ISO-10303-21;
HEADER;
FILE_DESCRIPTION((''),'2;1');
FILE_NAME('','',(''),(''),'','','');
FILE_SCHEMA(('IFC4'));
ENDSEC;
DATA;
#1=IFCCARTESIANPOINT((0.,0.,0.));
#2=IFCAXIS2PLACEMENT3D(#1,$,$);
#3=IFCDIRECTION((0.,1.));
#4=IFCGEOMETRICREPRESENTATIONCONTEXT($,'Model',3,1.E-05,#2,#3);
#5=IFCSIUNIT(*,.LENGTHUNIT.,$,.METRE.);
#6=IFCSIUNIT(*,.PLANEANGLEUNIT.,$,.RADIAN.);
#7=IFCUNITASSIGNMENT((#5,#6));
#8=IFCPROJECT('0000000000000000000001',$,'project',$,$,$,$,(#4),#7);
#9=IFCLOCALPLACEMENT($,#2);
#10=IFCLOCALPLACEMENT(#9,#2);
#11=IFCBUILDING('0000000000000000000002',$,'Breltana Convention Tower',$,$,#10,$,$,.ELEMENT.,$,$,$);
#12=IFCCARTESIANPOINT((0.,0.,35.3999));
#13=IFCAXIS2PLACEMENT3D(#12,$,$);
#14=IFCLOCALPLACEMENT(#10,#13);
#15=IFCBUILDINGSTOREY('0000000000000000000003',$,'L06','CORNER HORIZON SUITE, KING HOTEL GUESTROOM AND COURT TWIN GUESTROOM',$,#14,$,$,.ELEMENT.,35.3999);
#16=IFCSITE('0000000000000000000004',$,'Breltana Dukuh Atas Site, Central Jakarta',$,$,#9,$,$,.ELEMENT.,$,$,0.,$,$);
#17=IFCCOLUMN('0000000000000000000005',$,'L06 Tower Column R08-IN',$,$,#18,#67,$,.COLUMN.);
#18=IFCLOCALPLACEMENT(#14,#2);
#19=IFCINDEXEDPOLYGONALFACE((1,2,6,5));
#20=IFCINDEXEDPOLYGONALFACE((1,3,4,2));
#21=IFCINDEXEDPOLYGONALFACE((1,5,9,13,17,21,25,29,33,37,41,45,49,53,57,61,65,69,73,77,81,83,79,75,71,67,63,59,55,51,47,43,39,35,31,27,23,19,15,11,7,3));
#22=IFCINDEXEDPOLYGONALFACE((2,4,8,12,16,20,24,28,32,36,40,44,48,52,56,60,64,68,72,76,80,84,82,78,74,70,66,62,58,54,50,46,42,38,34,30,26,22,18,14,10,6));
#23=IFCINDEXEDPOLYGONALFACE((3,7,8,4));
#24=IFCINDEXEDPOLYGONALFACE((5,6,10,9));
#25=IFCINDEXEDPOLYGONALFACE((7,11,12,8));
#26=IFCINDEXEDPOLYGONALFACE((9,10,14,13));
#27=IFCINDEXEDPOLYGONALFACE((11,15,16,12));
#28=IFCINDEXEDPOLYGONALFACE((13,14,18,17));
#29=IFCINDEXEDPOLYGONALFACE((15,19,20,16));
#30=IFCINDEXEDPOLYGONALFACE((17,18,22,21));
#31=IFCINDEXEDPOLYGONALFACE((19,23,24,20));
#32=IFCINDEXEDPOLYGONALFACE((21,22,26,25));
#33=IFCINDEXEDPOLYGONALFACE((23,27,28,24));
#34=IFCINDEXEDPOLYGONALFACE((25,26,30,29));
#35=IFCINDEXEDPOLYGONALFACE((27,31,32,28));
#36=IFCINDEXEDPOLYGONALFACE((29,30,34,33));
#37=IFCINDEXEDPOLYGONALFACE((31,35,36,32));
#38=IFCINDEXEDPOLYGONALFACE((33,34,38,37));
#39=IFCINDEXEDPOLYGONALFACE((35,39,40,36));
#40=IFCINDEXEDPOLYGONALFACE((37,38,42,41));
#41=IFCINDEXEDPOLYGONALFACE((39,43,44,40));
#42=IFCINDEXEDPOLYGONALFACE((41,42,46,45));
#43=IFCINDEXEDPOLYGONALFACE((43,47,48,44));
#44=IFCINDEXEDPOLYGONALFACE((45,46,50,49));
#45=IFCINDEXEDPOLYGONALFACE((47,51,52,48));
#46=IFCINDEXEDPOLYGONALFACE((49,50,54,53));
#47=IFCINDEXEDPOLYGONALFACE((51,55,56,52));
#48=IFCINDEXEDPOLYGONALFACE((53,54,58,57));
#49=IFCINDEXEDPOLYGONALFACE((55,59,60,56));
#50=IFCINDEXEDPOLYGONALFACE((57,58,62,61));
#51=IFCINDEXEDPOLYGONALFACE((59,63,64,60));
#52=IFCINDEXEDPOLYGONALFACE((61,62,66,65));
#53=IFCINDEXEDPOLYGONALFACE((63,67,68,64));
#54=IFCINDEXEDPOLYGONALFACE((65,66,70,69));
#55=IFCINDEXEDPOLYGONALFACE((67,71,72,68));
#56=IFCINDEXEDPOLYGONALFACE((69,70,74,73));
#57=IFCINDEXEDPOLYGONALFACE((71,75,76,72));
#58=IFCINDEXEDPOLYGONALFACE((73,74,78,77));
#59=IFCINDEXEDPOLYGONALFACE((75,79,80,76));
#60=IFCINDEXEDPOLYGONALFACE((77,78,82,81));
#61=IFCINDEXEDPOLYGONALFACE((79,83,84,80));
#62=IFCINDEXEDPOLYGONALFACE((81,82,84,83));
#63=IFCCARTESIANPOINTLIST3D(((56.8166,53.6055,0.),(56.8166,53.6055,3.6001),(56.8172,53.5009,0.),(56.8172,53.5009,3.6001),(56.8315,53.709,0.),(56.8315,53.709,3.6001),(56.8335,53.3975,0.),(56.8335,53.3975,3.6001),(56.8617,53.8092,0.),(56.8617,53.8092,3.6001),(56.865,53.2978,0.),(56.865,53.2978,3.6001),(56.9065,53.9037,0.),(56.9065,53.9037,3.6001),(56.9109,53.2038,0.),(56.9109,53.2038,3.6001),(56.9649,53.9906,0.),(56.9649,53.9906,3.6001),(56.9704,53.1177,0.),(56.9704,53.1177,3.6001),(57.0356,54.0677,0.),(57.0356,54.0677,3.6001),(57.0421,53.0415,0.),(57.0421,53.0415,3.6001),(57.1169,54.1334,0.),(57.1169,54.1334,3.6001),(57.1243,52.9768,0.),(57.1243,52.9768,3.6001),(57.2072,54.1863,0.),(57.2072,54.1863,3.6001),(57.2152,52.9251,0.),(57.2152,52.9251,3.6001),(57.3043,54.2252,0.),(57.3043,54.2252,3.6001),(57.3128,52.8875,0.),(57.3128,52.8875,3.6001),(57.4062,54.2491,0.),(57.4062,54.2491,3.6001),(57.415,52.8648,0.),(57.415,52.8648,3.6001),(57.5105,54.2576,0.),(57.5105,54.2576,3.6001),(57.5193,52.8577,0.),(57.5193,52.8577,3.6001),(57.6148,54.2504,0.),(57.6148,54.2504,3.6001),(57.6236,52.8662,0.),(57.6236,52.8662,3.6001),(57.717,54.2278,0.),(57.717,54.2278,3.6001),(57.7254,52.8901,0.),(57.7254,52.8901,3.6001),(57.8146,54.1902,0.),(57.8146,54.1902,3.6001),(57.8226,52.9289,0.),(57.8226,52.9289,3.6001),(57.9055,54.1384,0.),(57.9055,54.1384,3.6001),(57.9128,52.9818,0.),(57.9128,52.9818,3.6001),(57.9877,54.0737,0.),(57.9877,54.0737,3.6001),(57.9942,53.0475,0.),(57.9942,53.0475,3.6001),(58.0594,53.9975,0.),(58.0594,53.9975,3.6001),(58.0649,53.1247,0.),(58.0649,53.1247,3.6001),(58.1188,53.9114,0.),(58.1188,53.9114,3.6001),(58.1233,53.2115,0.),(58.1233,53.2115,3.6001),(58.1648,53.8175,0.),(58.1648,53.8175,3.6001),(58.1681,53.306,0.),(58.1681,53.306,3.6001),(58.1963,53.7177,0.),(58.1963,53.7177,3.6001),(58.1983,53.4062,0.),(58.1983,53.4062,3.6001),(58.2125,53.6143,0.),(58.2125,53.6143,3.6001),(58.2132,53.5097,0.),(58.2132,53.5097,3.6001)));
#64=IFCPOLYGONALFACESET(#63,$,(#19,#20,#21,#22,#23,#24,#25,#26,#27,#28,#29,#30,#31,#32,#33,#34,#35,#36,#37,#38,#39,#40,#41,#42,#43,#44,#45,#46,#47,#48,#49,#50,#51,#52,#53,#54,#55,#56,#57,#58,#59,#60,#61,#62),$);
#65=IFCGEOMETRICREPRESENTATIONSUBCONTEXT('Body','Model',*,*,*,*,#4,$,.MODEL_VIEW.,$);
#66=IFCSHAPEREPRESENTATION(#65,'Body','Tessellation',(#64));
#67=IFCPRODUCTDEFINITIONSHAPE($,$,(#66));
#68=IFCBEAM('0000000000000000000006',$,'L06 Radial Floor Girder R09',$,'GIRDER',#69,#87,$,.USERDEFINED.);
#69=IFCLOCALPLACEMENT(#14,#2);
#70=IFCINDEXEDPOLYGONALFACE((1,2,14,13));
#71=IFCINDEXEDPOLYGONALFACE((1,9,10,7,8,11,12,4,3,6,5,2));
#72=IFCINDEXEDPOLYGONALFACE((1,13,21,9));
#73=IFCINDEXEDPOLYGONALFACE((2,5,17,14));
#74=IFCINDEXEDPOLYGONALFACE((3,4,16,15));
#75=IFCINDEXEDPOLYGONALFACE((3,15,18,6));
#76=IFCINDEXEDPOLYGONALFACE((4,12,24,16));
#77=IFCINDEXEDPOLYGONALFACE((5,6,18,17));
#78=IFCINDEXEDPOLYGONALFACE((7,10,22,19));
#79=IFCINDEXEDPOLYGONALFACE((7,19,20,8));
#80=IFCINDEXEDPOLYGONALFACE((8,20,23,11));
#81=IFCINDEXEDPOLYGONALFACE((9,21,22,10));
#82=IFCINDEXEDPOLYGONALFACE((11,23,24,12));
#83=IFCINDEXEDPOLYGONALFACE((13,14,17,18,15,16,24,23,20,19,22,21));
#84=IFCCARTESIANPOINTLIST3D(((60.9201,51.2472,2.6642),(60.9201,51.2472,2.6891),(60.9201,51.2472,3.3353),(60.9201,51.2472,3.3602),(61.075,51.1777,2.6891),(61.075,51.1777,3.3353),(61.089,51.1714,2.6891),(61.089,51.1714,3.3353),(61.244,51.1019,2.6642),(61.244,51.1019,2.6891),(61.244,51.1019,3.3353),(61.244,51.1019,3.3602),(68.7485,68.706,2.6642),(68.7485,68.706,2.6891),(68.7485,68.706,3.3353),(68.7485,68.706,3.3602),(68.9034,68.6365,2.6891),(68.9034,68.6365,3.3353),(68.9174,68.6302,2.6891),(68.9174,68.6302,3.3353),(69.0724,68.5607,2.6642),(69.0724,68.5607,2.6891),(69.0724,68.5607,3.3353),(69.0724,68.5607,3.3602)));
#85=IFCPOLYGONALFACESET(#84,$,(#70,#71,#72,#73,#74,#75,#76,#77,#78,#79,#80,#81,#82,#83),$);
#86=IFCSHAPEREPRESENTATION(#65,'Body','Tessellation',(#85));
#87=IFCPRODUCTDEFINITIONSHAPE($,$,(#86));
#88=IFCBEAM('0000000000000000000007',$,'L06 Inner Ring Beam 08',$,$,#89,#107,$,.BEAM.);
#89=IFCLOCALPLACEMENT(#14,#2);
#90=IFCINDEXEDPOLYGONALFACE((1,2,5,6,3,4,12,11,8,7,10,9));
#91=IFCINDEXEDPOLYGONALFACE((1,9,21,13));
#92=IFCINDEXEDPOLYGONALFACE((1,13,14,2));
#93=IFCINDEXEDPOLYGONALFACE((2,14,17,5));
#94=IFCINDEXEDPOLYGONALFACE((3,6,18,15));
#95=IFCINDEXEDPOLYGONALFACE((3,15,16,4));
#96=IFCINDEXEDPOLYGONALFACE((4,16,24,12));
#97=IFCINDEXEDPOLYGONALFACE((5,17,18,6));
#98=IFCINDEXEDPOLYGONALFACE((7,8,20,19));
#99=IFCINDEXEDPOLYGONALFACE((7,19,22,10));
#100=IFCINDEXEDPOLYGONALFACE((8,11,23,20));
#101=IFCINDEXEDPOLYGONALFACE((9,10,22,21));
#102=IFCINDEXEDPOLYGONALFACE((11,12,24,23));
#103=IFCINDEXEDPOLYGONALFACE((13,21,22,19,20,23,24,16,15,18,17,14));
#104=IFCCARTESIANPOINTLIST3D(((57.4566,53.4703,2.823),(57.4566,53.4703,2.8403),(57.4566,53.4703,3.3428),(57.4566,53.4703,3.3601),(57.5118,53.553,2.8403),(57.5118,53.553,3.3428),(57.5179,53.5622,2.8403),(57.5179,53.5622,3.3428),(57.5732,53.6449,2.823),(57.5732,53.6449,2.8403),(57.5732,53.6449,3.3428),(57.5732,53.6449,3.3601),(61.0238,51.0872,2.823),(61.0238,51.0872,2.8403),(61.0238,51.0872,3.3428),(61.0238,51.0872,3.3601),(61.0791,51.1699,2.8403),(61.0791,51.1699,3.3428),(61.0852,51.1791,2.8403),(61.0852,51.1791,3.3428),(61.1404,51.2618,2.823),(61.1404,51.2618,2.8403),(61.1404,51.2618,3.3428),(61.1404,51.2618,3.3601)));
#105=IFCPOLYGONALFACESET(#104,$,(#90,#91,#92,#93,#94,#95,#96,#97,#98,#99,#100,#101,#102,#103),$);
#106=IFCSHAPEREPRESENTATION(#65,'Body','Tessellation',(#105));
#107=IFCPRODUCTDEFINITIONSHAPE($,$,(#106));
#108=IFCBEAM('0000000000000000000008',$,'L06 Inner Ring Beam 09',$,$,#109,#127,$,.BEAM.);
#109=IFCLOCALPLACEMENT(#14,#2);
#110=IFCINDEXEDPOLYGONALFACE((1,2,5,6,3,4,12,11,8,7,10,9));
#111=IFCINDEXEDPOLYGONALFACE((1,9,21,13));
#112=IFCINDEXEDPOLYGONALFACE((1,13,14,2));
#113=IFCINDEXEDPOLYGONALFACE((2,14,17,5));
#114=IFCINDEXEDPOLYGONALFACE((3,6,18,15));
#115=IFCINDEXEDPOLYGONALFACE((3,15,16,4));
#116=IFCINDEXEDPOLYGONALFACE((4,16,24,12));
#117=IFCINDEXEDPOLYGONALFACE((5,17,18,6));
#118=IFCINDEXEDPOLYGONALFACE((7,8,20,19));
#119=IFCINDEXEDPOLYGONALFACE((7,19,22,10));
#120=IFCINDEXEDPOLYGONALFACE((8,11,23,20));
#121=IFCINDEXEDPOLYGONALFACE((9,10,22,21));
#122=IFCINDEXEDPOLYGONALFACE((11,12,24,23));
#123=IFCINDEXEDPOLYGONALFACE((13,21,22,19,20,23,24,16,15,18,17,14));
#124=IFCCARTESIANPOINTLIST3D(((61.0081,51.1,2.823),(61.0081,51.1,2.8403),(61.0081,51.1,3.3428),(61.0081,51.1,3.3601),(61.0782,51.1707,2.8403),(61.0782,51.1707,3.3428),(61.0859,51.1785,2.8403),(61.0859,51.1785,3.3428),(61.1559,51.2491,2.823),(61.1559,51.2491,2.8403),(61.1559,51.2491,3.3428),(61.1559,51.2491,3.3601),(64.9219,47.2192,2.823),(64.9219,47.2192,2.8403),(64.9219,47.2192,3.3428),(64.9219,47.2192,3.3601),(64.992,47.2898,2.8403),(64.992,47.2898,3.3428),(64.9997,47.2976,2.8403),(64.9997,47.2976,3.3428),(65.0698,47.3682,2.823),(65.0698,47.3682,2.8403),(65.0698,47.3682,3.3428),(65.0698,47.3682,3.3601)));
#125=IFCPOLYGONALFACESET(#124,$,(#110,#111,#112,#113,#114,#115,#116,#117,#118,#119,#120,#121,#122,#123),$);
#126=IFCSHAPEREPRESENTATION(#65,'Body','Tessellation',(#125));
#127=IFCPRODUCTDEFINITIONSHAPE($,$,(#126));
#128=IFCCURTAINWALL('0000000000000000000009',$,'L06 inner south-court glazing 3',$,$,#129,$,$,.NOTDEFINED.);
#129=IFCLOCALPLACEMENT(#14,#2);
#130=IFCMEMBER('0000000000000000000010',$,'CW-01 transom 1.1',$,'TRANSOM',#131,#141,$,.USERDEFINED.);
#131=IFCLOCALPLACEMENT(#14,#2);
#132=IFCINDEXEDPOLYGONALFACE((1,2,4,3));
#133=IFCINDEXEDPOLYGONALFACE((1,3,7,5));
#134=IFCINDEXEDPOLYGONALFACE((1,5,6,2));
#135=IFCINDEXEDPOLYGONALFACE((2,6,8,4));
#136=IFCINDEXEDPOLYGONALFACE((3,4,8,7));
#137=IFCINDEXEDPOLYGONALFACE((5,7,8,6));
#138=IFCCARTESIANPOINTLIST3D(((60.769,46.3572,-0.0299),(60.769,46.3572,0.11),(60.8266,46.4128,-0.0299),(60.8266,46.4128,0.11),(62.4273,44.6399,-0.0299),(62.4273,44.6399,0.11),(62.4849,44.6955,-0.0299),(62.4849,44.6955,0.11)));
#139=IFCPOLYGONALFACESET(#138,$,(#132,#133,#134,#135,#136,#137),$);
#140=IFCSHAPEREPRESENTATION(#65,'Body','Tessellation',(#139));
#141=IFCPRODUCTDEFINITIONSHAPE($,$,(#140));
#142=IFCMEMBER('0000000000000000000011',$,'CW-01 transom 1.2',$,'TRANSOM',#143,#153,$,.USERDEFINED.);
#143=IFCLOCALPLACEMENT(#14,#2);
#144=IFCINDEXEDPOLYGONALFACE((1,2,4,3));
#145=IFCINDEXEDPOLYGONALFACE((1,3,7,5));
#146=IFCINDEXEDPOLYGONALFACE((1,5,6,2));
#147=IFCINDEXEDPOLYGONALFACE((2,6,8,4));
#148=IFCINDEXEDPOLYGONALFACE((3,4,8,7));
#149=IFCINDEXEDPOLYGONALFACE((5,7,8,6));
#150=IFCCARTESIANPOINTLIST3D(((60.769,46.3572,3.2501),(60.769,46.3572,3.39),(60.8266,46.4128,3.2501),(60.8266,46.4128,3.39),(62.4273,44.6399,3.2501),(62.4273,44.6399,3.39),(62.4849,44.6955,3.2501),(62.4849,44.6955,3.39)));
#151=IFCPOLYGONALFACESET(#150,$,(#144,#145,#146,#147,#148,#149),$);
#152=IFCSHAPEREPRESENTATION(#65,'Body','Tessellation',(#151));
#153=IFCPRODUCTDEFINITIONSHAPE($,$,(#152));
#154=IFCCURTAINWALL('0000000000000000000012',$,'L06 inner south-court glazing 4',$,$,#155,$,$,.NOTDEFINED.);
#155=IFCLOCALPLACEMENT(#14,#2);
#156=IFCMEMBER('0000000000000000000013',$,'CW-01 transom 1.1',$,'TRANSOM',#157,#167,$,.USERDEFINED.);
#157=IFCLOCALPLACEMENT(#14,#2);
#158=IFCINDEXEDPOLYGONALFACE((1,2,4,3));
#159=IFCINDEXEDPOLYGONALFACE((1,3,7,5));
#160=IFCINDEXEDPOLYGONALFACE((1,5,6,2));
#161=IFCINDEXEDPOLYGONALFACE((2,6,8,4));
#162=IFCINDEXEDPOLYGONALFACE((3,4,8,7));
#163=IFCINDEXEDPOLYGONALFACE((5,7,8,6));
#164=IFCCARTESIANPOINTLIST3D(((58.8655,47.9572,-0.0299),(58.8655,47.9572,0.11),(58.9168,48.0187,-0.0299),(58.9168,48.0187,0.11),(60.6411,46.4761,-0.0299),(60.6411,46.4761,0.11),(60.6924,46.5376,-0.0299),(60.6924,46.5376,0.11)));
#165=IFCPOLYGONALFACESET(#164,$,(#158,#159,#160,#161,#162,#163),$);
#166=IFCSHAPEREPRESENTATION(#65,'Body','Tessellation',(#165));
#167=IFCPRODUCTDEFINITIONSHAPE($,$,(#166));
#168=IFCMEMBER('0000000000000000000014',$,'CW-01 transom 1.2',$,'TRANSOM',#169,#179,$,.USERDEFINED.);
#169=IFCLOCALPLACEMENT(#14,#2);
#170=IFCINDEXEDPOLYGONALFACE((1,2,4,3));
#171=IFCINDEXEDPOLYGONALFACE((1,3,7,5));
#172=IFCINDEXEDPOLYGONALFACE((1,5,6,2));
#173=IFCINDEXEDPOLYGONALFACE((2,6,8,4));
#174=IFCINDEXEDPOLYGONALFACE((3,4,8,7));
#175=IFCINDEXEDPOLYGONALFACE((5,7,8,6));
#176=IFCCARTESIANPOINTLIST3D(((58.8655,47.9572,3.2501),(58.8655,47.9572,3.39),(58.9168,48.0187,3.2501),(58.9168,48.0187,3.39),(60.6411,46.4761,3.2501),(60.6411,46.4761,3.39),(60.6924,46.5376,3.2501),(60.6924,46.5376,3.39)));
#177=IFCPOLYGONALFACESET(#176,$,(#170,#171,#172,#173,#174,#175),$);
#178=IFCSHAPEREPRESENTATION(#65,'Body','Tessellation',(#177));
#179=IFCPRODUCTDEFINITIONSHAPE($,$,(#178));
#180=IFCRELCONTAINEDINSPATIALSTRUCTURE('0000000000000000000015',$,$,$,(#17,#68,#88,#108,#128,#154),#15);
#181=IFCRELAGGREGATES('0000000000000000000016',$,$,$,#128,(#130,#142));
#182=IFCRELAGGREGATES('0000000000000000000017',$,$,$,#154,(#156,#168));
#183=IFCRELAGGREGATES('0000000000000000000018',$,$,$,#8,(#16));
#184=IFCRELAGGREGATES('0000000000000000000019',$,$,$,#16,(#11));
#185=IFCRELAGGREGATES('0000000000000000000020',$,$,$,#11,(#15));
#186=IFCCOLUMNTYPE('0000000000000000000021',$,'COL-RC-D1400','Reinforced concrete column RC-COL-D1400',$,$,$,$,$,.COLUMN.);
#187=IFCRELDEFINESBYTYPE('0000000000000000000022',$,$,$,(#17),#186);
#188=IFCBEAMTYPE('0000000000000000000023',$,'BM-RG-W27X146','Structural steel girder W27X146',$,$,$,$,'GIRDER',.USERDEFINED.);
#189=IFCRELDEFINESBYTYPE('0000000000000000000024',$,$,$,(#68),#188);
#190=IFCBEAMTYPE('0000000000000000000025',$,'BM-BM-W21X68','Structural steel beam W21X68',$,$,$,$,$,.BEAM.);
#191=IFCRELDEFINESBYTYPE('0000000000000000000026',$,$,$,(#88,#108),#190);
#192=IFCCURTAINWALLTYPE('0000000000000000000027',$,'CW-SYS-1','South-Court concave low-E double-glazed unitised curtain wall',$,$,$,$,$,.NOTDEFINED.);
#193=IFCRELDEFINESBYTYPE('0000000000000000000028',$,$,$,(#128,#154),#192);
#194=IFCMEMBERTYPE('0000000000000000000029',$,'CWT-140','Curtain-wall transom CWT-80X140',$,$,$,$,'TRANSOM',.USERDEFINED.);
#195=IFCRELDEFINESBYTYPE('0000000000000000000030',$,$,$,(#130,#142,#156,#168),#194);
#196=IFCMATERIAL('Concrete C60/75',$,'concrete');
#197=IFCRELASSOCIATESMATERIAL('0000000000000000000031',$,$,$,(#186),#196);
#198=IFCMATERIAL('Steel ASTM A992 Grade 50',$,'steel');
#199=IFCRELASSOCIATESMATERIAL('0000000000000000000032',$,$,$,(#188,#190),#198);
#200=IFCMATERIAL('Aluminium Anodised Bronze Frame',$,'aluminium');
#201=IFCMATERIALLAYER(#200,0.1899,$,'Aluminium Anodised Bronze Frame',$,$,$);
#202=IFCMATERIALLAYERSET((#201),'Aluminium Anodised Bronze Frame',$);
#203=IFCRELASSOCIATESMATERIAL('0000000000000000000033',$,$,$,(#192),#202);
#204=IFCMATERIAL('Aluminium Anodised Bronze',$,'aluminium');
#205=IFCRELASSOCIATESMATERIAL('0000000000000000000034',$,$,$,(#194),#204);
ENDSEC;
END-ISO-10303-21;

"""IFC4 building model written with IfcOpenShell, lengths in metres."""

from ifc_helpers import new_model, si_unit, direction, frame, origin, origin_2d, place, context, subcontext, project, spatial, rectangle, circle, i_section, extrude, source, transform, mapped, material, layer, layer_set, material_profile, profile_set, type_object, type_shapes, element, aggregate, save


model = new_model("IFC4")

# Units and contexts
model_context = context("Model", 3, precision=1e-05, world=origin(), true_north=direction((0.0, 1.0)))
body_context = subcontext(model_context, "Body", "Model", "MODEL_VIEW")
ifc_project = project(units=[si_unit("LENGTHUNIT", "METRE"), si_unit("PLANEANGLEUNIT", "RADIAN")], contexts=[model_context])

# Site, building, storey
site_placement = place(None, origin())
site = spatial("IfcSite", under=ifc_project, at=site_placement, Name="Breltana Dukuh Atas Site, Central Jakarta", CompositionType="ELEMENT", RefElevation=0.0)
building_placement = place(site_placement, origin())
building = spatial("IfcBuilding", under=site, at=building_placement, Name="Breltana Convention Tower", CompositionType="ELEMENT")
storey_placement = place(building_placement, frame((0.0, 0.0, 35.3999)))
storey = spatial("IfcBuildingStorey", under=building, at=storey_placement, Name="L06", Description="CORNER HORIZON SUITE, KING HOTEL GUESTROOM AND COURT TWIN GUESTROOM", CompositionType="ELEMENT", Elevation=35.3999)

# Column
ifc_material_1 = material(Name="Concrete C60/75", Category="concrete")
ifc_material_profile_1 = material_profile(ifc_material_1, circle(Radius=0.7, at=origin_2d()), Name="RC-COL-D1400")
ifc_profile_set_1 = profile_set([ifc_material_profile_1], Name="Concrete C60/75")
column_type = type_object("IfcColumnType", Name="COL-RC-D1400", Description="Reinforced concrete column RC-COL-D1400", PredefinedType="COLUMN", material=ifc_profile_set_1)
shared_shape_1 = source(origin(), body_context, "Body", "SweptSolid", [
    extrude(circle(Radius=0.7, at=origin_2d()), origin(), (0.0, 0.0, 1.0), 3.6001),
])
for number, where, z_axis, x_axis, name in (
    (1, (57.5149, 53.5576, 0.0), (0.0, 0.0, 1.0), (0.288698, 0.95742, 0.0), "L06 Tower Column R08-IN"),
):
    element("IfcColumn", number, at=place(storey_placement, frame(where, z_axis=z_axis, x_axis=x_axis)), inside=storey, type_object=column_type, Name=name, PredefinedType="COLUMN", context=body_context, shape_type="MappedRepresentation", body=[
        mapped(shared_shape_1, transform((0.0, 0.0, 0.0), scale=1.0)),
    ])

# Beams
ifc_material_2 = material(Name="Steel ASTM A992 Grade 50", Category="steel")
ifc_material_profile_2 = material_profile(ifc_material_2, i_section(OverallWidth=0.355, OverallDepth=0.696, WebThickness=0.0154, FlangeThickness=0.0249, at=origin_2d()), Name="W27X146")
ifc_profile_set_2 = profile_set([ifc_material_profile_2], Name="Steel ASTM A992 Grade 50")
beam_type_1 = type_object("IfcBeamType", Name="BM-RG-W27X146", Description="Structural steel girder W27X146", ElementType="GIRDER", PredefinedType="USERDEFINED", material=ifc_profile_set_2)
shared_shape_2 = source(origin(), body_context, "Body", "SweptSolid", [
    extrude(i_section(OverallWidth=0.355, OverallDepth=0.696, WebThickness=0.0154, FlangeThickness=0.0249, at=origin_2d()), origin(), (0.0, 0.0, 1.0), 19.1335),
])
beam_1_placement = place(storey_placement, frame((61.082, 51.1746, 3.0122), z_axis=(0.409145, 0.91247, 0.0), x_axis=(-0.91247, 0.409145, 0.0)))
element("IfcBeam", 2, at=beam_1_placement, inside=storey, type_object=beam_type_1, Name="L06 Radial Floor Girder R09", ObjectType="GIRDER", PredefinedType="USERDEFINED", context=body_context, shape_type="MappedRepresentation", body=[
    mapped(shared_shape_2, transform((0.0, 0.0, 0.0), scale=1.0)),
])
ifc_material_profile_3 = material_profile(ifc_material_2, i_section(OverallWidth=0.21, OverallDepth=0.5371, WebThickness=0.011, FlangeThickness=0.0173, at=origin_2d()), Name="W21X68")
ifc_profile_set_3 = profile_set([ifc_material_profile_3], Name="Steel ASTM A992 Grade 50")
beam_type_2 = type_object("IfcBeamType", Name="BM-BM-W21X68", Description="Structural steel beam W21X68", PredefinedType="BEAM", material=ifc_profile_set_3)
shared_shape_3 = source(origin(), body_context, "Body", "SweptSolid", [
    extrude(i_section(OverallWidth=0.21, OverallDepth=0.5371, WebThickness=0.011, FlangeThickness=0.0173, at=origin_2d()), origin(), (0.0, 0.0, 1.0), 4.29),
])
beam_2_placement = place(storey_placement, frame((57.5149, 53.5576, 3.0916), z_axis=(0.831516, -0.555501, 0.0), x_axis=(0.555501, 0.831516, 0.0)))
element("IfcBeam", 3, at=beam_2_placement, inside=storey, type_object=beam_type_2, Name="L06 Inner Ring Beam 08", PredefinedType="BEAM", context=body_context, shape_type="MappedRepresentation", body=[
    mapped(shared_shape_3, transform((0.0, 0.0, 0.0), scale=1.0)),
])
shared_shape_4 = source(origin(), body_context, "Body", "SweptSolid", [
    extrude(i_section(OverallWidth=0.21, OverallDepth=0.5371, WebThickness=0.011, FlangeThickness=0.0173, at=origin_2d()), origin(), (0.0, 0.0, 1.0), 5.5117),
])
beam_3_placement = place(storey_placement, frame((61.082, 51.1746, 3.0916), z_axis=(0.71009, -0.704111, 0.0), x_axis=(0.704111, 0.71009, 0.0)))
element("IfcBeam", 4, at=beam_3_placement, inside=storey, type_object=beam_type_2, Name="L06 Inner Ring Beam 09", PredefinedType="BEAM", context=body_context, shape_type="MappedRepresentation", body=[
    mapped(shared_shape_4, transform((0.0, 0.0, 0.0), scale=1.0)),
])

# Curtain walls, members
ifc_material_3 = material(Name="Aluminium Anodised Bronze Frame", Category="aluminium")
ifc_layer_1 = layer(ifc_material_3, 0.1899, Name="Aluminium Anodised Bronze Frame")
ifc_layer_set_1 = layer_set([ifc_layer_1], Name="Aluminium Anodised Bronze Frame")
curtain_wall_type = type_object("IfcCurtainWallType", Name="CW-SYS-1", Description="South-Court concave low-E double-glazed unitised curtain wall", PredefinedType="NOTDEFINED", material=ifc_layer_set_1)
curtain_wall_1_placement = place(storey_placement, origin())
curtain_wall_1 = element("IfcCurtainWall", 5, at=curtain_wall_1_placement, inside=storey, type_object=curtain_wall_type, Name="L06 inner south-court glazing 3", PredefinedType="NOTDEFINED")
ifc_material_4 = material(Name="Aluminium Anodised Bronze", Category="aluminium")
ifc_material_profile_4 = material_profile(ifc_material_4, rectangle(XDim=0.0801, YDim=0.1399, at=origin_2d()), Name="CWT-80X140")
ifc_profile_set_4 = profile_set([ifc_material_profile_4], Name="Aluminium Anodised Bronze")
member_type_1 = type_object("IfcMemberType", Name="CWT-140", Description="Curtain-wall transom CWT-80X140", ElementType="TRANSOM", PredefinedType="USERDEFINED", material=ifc_profile_set_4)
shared_shape_5 = source(origin(), body_context, "Body", "SweptSolid", [
    extrude(rectangle(XDim=0.0801, YDim=0.1399, at=origin_2d()), origin(), (0.0, 0.0, 1.0), 2.3872),
])
type_shapes(member_type_1, [shared_shape_5])
member_1_placement = place(storey_placement, frame((62.4561, 44.6677, 0.04), z_axis=(-0.694624, 0.719373, 0.0), x_axis=(-0.719373, -0.694624, 0.0)))
member_1 = element("IfcMember", 6, at=member_1_placement, type_object=member_type_1, Name="CW-01 transom 1.1", ObjectType="TRANSOM", PredefinedType="USERDEFINED", context=body_context, shape_type="MappedRepresentation", body=[
    mapped(shared_shape_5, transform((0.0, 0.0, 0.0), scale=1.0)),
])
member_2_placement = place(storey_placement, frame((62.4561, 44.6677, 3.3201), z_axis=(-0.694624, 0.719373, 0.0), x_axis=(-0.719373, -0.694624, 0.0)))
member_2 = element("IfcMember", 7, at=member_2_placement, type_object=member_type_1, Name="CW-01 transom 1.2", ObjectType="TRANSOM", PredefinedType="USERDEFINED", context=body_context, shape_type="MappedRepresentation", body=[
    mapped(shared_shape_5, transform((0.0, 0.0, 0.0), scale=1.0)),
])
curtain_wall_2_placement = place(storey_placement, origin())
curtain_wall_2 = element("IfcCurtainWall", 8, at=curtain_wall_2_placement, inside=storey, type_object=curtain_wall_type, Name="L06 inner south-court glazing 4", PredefinedType="NOTDEFINED")
shared_shape_6 = source(origin(), body_context, "Body", "SweptSolid", [
    extrude(rectangle(XDim=0.0801, YDim=0.1399, at=origin_2d()), origin(), (0.0, 0.0, 1.0), 2.3123),
])
member_3_placement = place(storey_placement, frame((60.6667, 46.5068, 0.04), z_axis=(-0.767901, 0.640569, 0.0), x_axis=(-0.640569, -0.767901, 0.0)))
member_3 = element("IfcMember", 9, at=member_3_placement, type_object=member_type_1, Name="CW-01 transom 1.1", ObjectType="TRANSOM", PredefinedType="USERDEFINED", context=body_context, shape_type="MappedRepresentation", body=[
    mapped(shared_shape_6, transform((0.0, 0.0, 0.0), scale=1.0)),
])
member_4_placement = place(storey_placement, frame((60.6667, 46.5068, 3.3201), z_axis=(-0.767901, 0.640569, 0.0), x_axis=(-0.640569, -0.767901, 0.0)))
member_4 = element("IfcMember", 10, at=member_4_placement, type_object=member_type_1, Name="CW-01 transom 1.2", ObjectType="TRANSOM", PredefinedType="USERDEFINED", context=body_context, shape_type="MappedRepresentation", body=[
    mapped(shared_shape_6, transform((0.0, 0.0, 0.0), scale=1.0)),
])

aggregate(curtain_wall_1, [member_1, member_2])
aggregate(curtain_wall_2, [member_3, member_4])

save(model, "model.ifc")
